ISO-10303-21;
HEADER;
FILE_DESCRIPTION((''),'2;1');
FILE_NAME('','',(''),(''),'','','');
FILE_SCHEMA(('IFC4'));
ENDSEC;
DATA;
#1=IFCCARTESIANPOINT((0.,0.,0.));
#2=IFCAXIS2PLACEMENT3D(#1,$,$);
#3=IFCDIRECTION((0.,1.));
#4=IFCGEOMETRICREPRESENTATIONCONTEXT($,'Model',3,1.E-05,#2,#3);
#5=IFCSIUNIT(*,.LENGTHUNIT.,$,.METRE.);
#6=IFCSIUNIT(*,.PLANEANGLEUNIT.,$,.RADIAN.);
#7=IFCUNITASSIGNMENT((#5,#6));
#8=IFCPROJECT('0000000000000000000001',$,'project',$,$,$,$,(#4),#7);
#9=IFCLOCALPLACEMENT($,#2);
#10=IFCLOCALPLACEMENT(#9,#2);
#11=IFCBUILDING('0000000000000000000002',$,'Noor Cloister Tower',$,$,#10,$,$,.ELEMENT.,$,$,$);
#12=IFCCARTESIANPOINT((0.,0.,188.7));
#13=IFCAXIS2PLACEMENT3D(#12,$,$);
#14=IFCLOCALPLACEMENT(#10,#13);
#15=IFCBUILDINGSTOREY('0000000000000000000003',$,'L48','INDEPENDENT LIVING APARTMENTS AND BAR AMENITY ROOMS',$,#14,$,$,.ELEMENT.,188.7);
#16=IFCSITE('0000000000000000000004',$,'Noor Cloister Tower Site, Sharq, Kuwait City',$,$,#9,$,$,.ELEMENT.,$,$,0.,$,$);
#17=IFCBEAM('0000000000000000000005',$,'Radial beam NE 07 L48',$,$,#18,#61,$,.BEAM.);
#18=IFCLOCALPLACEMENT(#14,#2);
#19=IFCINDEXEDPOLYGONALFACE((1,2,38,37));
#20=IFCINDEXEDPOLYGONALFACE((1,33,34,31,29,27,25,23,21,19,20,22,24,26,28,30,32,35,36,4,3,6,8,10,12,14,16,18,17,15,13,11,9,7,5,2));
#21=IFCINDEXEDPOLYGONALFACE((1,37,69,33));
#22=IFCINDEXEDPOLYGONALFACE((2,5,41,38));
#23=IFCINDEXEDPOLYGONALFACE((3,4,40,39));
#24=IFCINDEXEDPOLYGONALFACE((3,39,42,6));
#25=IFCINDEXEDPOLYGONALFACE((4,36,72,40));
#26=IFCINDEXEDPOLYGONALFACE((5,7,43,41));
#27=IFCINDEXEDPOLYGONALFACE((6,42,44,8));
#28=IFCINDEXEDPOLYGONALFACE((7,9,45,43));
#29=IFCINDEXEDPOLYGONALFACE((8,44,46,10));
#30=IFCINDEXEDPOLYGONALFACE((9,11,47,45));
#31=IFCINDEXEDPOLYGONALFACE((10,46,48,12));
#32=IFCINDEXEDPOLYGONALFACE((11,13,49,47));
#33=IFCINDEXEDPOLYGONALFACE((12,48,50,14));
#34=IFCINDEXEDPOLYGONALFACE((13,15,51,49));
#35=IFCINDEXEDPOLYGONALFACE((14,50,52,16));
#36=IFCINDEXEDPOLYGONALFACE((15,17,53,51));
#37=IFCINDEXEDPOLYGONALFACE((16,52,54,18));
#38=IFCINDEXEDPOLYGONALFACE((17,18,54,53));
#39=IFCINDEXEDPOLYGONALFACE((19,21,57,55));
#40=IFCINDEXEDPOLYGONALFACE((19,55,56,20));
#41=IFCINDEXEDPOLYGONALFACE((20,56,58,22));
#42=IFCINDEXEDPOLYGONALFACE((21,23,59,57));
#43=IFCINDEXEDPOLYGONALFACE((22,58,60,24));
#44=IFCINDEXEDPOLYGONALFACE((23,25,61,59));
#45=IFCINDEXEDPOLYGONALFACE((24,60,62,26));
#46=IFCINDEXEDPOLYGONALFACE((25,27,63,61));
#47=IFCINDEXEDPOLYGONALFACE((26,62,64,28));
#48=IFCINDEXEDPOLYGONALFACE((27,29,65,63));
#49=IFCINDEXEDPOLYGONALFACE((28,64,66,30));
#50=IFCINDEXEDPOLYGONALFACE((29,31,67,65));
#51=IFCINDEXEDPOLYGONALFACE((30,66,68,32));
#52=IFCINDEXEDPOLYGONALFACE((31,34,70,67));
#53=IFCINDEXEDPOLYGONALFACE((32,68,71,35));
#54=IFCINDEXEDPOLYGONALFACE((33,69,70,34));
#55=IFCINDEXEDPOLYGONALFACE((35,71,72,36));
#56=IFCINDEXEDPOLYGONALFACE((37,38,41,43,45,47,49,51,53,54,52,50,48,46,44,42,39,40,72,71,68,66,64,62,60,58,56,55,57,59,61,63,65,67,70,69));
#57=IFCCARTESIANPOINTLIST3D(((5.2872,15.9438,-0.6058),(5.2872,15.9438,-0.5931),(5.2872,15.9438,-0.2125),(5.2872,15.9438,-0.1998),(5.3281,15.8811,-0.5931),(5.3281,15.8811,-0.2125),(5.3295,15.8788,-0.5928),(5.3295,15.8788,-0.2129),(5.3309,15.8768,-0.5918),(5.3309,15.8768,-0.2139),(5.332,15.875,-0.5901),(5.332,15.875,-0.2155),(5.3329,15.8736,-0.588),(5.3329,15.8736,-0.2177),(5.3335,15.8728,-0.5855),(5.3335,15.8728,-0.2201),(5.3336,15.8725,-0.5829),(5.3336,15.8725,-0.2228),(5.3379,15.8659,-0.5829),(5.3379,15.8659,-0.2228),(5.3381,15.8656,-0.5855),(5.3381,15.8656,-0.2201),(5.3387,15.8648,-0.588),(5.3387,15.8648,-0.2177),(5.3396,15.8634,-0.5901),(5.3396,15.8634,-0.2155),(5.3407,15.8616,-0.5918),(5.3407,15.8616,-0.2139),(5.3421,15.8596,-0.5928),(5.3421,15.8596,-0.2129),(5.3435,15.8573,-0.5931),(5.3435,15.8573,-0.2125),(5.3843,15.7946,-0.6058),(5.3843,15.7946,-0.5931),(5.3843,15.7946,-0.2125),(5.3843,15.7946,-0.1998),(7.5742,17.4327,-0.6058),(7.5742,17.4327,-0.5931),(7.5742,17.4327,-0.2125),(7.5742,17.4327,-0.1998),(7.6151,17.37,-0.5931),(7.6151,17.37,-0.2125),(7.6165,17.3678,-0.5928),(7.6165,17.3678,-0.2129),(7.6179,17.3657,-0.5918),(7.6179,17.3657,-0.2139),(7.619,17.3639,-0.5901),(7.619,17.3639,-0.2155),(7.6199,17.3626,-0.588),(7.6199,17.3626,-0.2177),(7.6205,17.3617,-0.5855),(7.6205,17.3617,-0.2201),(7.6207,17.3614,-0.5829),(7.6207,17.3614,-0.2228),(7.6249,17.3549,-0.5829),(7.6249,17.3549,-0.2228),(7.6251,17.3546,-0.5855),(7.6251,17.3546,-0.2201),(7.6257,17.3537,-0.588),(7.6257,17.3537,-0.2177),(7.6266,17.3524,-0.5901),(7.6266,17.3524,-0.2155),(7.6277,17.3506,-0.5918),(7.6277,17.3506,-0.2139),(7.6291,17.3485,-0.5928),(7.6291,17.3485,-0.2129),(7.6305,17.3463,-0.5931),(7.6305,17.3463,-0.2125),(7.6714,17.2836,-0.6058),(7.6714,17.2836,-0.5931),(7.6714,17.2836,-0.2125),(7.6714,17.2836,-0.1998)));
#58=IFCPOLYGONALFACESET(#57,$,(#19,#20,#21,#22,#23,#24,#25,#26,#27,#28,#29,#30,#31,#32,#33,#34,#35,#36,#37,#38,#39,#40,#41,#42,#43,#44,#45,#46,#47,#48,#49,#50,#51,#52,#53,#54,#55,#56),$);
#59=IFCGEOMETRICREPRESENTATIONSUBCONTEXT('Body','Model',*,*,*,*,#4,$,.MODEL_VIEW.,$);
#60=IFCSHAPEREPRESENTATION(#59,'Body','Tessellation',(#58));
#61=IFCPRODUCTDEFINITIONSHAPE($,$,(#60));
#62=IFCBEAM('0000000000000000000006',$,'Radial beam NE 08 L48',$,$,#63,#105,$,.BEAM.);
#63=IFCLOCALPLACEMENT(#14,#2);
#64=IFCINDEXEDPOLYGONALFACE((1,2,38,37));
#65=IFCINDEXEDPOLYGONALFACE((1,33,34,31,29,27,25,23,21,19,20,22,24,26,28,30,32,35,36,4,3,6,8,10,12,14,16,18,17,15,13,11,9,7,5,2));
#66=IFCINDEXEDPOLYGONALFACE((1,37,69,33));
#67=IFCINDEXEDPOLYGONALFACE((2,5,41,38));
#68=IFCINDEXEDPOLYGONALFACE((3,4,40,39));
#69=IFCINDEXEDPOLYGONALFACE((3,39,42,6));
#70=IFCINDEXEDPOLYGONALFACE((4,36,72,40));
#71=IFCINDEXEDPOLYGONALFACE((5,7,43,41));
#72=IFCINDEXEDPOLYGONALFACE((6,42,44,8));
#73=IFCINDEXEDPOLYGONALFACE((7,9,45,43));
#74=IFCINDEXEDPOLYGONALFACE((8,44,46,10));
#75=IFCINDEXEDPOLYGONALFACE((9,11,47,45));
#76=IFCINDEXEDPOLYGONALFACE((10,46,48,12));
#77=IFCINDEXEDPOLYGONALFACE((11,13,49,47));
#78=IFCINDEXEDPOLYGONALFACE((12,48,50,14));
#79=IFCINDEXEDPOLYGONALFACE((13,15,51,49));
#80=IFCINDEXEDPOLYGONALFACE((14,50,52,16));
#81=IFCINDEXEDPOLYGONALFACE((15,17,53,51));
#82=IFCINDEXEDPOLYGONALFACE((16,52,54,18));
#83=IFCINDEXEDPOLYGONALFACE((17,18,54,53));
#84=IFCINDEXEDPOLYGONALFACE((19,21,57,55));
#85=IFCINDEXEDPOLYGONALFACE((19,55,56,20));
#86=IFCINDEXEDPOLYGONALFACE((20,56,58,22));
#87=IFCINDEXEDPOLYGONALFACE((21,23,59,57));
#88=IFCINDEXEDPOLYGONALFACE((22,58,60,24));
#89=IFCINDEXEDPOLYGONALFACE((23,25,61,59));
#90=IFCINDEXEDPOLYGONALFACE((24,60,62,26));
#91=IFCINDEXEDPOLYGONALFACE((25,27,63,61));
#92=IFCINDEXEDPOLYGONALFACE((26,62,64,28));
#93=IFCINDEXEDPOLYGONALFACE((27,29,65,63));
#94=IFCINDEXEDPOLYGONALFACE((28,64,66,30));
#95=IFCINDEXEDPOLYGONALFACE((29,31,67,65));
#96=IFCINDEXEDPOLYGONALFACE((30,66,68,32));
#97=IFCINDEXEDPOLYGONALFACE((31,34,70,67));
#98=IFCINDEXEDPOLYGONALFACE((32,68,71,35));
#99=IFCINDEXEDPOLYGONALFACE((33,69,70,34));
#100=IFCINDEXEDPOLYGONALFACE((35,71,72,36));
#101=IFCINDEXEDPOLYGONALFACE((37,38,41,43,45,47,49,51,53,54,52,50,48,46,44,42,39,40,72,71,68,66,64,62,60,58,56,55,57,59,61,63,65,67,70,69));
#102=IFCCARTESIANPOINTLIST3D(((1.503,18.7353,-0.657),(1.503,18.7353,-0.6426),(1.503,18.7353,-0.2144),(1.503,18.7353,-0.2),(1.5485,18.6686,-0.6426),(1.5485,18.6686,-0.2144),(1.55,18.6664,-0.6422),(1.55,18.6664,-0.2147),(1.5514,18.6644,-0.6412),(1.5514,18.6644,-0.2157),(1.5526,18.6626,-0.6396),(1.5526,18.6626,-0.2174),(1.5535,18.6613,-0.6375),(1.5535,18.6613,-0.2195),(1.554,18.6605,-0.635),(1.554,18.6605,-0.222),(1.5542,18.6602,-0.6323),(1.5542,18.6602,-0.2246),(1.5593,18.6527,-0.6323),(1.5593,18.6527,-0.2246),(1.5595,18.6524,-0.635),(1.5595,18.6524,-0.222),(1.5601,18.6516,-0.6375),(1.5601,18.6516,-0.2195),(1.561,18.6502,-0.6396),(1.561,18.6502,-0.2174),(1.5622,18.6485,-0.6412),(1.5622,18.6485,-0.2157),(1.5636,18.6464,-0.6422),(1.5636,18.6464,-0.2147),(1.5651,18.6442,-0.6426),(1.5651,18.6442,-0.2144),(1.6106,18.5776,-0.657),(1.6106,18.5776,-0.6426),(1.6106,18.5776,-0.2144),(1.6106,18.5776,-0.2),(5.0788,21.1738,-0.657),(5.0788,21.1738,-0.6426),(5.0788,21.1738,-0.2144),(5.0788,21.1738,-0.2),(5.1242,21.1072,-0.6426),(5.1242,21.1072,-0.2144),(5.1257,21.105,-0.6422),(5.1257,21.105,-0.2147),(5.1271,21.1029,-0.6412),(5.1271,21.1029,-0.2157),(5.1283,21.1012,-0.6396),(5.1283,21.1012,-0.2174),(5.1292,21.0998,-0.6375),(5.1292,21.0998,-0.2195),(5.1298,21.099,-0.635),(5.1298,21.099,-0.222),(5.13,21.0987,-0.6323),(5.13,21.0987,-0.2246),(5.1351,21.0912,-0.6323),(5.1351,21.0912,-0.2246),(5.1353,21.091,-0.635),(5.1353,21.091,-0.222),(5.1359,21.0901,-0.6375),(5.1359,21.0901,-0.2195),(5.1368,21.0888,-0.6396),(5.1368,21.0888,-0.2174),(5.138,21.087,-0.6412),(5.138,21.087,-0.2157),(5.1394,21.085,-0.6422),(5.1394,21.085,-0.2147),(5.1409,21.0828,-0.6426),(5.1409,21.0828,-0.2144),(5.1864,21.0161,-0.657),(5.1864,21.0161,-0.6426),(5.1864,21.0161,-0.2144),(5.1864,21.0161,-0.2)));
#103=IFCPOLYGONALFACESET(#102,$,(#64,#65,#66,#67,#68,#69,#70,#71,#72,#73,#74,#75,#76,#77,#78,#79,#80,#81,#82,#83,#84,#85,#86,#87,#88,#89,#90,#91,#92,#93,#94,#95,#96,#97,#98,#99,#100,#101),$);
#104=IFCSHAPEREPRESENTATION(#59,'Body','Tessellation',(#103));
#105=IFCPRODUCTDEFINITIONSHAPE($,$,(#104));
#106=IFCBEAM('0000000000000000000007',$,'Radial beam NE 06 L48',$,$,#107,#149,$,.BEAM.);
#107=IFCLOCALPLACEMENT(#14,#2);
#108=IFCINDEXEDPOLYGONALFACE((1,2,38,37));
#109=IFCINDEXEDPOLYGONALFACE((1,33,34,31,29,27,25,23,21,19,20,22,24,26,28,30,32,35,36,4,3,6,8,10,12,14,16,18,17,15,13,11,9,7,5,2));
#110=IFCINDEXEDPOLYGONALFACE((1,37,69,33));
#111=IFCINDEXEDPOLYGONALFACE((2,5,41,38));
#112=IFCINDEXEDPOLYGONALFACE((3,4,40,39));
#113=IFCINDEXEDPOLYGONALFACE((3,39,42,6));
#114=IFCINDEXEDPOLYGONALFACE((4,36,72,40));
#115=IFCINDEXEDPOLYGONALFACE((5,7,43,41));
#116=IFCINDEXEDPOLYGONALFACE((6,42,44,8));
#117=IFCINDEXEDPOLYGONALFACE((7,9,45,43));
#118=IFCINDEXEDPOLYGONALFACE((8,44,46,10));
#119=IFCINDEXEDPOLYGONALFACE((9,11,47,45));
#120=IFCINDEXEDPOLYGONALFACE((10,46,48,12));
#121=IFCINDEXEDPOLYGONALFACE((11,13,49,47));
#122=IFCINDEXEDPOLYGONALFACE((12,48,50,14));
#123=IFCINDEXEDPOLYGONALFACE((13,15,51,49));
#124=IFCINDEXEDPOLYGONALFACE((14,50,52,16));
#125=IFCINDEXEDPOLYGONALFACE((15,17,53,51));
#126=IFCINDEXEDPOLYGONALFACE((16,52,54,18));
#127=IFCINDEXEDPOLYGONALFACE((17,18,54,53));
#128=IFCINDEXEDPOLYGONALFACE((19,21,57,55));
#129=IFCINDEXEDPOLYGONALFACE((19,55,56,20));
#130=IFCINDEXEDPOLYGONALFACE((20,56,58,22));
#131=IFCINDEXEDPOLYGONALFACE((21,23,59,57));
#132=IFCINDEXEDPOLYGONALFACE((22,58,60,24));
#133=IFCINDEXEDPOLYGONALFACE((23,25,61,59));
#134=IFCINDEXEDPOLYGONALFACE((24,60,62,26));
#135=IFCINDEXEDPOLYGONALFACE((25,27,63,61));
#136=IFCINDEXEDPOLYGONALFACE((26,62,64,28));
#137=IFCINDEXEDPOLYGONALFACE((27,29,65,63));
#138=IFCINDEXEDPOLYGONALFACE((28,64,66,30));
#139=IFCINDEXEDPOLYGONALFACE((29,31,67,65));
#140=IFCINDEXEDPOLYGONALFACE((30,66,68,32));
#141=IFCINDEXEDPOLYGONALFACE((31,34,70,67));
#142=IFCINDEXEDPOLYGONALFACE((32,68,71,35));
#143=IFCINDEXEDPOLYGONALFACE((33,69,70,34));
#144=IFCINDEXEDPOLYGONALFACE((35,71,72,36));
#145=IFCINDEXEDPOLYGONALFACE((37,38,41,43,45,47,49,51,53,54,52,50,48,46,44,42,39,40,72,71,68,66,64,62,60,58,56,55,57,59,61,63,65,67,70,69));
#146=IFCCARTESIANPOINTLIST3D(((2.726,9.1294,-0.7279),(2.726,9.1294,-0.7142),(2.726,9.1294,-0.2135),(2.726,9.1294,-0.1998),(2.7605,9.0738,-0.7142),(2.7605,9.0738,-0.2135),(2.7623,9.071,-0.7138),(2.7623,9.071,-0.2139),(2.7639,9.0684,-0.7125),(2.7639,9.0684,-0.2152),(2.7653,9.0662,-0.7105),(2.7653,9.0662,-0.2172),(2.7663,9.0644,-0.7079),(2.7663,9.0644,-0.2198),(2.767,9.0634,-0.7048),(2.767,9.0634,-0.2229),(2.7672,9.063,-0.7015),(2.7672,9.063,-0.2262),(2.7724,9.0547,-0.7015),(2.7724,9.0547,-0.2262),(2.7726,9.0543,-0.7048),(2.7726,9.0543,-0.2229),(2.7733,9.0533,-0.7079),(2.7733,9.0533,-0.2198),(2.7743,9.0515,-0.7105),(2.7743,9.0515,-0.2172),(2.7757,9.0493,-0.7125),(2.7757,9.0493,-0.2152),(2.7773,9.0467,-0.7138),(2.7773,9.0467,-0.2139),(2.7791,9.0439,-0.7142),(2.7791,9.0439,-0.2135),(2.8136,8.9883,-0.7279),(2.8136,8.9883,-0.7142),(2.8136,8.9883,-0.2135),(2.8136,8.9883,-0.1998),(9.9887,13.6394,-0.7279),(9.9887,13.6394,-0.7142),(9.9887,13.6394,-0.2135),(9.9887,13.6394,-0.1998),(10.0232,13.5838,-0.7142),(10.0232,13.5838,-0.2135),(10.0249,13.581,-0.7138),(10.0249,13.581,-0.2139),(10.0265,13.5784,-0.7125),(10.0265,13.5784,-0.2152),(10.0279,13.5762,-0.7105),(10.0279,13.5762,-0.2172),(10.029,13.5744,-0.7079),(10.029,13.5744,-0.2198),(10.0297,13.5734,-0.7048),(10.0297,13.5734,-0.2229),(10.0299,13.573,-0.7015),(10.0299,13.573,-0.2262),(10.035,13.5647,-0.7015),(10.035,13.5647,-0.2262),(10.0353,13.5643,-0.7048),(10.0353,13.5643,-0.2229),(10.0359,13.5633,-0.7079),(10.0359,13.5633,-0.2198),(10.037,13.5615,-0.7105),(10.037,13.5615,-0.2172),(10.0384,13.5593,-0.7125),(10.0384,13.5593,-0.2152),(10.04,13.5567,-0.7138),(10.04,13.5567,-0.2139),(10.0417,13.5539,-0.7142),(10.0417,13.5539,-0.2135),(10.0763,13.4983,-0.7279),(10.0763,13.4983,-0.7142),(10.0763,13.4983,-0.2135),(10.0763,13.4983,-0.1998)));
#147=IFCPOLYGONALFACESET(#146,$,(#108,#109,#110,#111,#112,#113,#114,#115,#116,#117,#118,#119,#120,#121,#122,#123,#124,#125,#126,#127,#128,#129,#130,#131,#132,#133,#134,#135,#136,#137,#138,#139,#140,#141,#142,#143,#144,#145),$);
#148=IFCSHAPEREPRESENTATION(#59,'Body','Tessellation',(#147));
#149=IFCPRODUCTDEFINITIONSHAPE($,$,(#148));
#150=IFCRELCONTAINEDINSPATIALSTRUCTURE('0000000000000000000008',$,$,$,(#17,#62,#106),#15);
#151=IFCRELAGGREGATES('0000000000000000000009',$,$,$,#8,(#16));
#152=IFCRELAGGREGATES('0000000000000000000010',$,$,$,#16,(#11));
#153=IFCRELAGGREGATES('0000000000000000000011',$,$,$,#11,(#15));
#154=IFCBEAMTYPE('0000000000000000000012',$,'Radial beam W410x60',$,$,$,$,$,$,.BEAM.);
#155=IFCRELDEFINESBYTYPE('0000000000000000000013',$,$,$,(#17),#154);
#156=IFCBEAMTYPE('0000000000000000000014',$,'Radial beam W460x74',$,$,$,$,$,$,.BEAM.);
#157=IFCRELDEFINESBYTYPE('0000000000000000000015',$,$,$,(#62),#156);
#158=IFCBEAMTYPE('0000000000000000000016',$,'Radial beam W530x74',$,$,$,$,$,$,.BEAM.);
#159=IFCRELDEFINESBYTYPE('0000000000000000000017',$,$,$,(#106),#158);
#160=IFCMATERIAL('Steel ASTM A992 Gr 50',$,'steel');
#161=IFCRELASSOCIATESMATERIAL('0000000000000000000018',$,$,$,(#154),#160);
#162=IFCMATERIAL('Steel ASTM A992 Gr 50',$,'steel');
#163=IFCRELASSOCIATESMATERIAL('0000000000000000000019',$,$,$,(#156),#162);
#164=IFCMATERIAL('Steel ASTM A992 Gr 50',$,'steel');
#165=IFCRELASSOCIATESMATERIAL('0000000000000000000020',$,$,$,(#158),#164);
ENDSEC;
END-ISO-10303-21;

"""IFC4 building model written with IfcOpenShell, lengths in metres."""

from ifc_helpers import new_model, si_unit, direction, frame, origin, origin_2d, place, context, subcontext, project, spatial, i_section, extrude, material, material_profile, profile_set, type_object, element, save


model = new_model("IFC4")

# Units and contexts
model_context = context("Model", 3, precision=1e-05, world=origin(), true_north=direction((0.0, 1.0)))
body_context = subcontext(model_context, "Body", "Model", "MODEL_VIEW")
ifc_project = project(units=[si_unit("LENGTHUNIT", "METRE"), si_unit("PLANEANGLEUNIT", "RADIAN")], contexts=[model_context])

# Site, building, storey
site_placement = place(None, origin())
site = spatial("IfcSite", under=ifc_project, at=site_placement, Name="Noor Cloister Tower Site, Sharq, Kuwait City", CompositionType="ELEMENT", RefElevation=0.0)
building_placement = place(site_placement, origin())
building = spatial("IfcBuilding", under=site, at=building_placement, Name="Noor Cloister Tower", CompositionType="ELEMENT")
storey_placement = place(building_placement, frame((0.0, 0.0, 188.7)))
storey = spatial("IfcBuildingStorey", under=building, at=storey_placement, Name="L48", Description="INDEPENDENT LIVING APARTMENTS AND BAR AMENITY ROOMS", CompositionType="ELEMENT", Elevation=188.7)

# Beams
ifc_material_1 = material(Name="Steel ASTM A992 Gr 50", Category="steel")
ifc_material_profile_1 = material_profile(ifc_material_1, i_section(OverallWidth=0.178, OverallDepth=0.406, WebThickness=0.0078, FlangeThickness=0.0127, FilletRadius=0.0103, at=origin_2d()), Name="W410x60")
ifc_profile_set_1 = profile_set([ifc_material_profile_1], Name="Steel ASTM A992 Gr 50")
beam_type_1 = type_object("IfcBeamType", Name="Radial beam W410x60", PredefinedType="BEAM", material=ifc_profile_set_1)
beam_1_placement = place(storey_placement, frame((7.6228, 17.3582, -0.4028), z_axis=(-0.838043, -0.545605, 0.0), x_axis=(0.545605, -0.838043, 0.0)))
element("IfcBeam", 1, at=beam_1_placement, inside=storey, type_object=beam_type_1, Name="Radial beam NE 07 L48", PredefinedType="BEAM", context=body_context, shape_type="SweptSolid", body=[
    extrude(i_section(OverallWidth=0.178, OverallDepth=0.406, WebThickness=0.0078, FlangeThickness=0.0127, FilletRadius=0.0103, at=origin_2d()), origin(), (0.0, 0.0, 1.0), 2.729),
])
ifc_material_2 = material(Name="Steel ASTM A992 Gr 50", Category="steel")
ifc_material_profile_2 = material_profile(ifc_material_2, i_section(OverallWidth=0.1909, OverallDepth=0.457, WebThickness=0.009, FlangeThickness=0.0144, FilletRadius=0.0103, at=origin_2d()), Name="W460x74")
ifc_profile_set_2 = profile_set([ifc_material_profile_2], Name="Steel ASTM A992 Gr 50")
beam_type_2 = type_object("IfcBeamType", Name="Radial beam W460x74", PredefinedType="BEAM", material=ifc_profile_set_2)
beam_2_placement = place(storey_placement, frame((5.1326, 21.095, -0.4285), z_axis=(-0.826172, -0.563417, 0.0), x_axis=(0.563417, -0.826172, 0.0)))
element("IfcBeam", 2, at=beam_2_placement, inside=storey, type_object=beam_type_2, Name="Radial beam NE 08 L48", PredefinedType="BEAM", context=body_context, shape_type="SweptSolid", body=[
    extrude(i_section(OverallWidth=0.1909, OverallDepth=0.457, WebThickness=0.009, FlangeThickness=0.0144, FilletRadius=0.0103, at=origin_2d()), origin(), (0.0, 0.0, 1.0), 4.3281),
])
ifc_material_3 = material(Name="Steel ASTM A992 Gr 50", Category="steel")
ifc_material_profile_3 = material_profile(ifc_material_3, i_section(OverallWidth=0.166, OverallDepth=0.5281, WebThickness=0.0098, FlangeThickness=0.0137, FilletRadius=0.0127, at=origin_2d()), Name="W530x74")
ifc_profile_set_3 = profile_set([ifc_material_profile_3], Name="Steel ASTM A992 Gr 50")
beam_type_3 = type_object("IfcBeamType", Name="Radial beam W530x74", PredefinedType="BEAM", material=ifc_profile_set_3)
beam_3_placement = place(storey_placement, frame((10.0325, 13.5688, -0.4639), z_axis=(-0.849529, -0.527543, 0.0), x_axis=(0.527543, -0.849529, 0.0)))
element("IfcBeam", 3, at=beam_3_placement, inside=storey, type_object=beam_type_3, Name="Radial beam NE 06 L48", PredefinedType="BEAM", context=body_context, shape_type="SweptSolid", body=[
    extrude(i_section(OverallWidth=0.166, OverallDepth=0.5281, WebThickness=0.0098, FlangeThickness=0.0137, FilletRadius=0.0127, at=origin_2d()), origin(), (0.0, 0.0, 1.0), 8.5491),
])

save(model, "model.ifc")
